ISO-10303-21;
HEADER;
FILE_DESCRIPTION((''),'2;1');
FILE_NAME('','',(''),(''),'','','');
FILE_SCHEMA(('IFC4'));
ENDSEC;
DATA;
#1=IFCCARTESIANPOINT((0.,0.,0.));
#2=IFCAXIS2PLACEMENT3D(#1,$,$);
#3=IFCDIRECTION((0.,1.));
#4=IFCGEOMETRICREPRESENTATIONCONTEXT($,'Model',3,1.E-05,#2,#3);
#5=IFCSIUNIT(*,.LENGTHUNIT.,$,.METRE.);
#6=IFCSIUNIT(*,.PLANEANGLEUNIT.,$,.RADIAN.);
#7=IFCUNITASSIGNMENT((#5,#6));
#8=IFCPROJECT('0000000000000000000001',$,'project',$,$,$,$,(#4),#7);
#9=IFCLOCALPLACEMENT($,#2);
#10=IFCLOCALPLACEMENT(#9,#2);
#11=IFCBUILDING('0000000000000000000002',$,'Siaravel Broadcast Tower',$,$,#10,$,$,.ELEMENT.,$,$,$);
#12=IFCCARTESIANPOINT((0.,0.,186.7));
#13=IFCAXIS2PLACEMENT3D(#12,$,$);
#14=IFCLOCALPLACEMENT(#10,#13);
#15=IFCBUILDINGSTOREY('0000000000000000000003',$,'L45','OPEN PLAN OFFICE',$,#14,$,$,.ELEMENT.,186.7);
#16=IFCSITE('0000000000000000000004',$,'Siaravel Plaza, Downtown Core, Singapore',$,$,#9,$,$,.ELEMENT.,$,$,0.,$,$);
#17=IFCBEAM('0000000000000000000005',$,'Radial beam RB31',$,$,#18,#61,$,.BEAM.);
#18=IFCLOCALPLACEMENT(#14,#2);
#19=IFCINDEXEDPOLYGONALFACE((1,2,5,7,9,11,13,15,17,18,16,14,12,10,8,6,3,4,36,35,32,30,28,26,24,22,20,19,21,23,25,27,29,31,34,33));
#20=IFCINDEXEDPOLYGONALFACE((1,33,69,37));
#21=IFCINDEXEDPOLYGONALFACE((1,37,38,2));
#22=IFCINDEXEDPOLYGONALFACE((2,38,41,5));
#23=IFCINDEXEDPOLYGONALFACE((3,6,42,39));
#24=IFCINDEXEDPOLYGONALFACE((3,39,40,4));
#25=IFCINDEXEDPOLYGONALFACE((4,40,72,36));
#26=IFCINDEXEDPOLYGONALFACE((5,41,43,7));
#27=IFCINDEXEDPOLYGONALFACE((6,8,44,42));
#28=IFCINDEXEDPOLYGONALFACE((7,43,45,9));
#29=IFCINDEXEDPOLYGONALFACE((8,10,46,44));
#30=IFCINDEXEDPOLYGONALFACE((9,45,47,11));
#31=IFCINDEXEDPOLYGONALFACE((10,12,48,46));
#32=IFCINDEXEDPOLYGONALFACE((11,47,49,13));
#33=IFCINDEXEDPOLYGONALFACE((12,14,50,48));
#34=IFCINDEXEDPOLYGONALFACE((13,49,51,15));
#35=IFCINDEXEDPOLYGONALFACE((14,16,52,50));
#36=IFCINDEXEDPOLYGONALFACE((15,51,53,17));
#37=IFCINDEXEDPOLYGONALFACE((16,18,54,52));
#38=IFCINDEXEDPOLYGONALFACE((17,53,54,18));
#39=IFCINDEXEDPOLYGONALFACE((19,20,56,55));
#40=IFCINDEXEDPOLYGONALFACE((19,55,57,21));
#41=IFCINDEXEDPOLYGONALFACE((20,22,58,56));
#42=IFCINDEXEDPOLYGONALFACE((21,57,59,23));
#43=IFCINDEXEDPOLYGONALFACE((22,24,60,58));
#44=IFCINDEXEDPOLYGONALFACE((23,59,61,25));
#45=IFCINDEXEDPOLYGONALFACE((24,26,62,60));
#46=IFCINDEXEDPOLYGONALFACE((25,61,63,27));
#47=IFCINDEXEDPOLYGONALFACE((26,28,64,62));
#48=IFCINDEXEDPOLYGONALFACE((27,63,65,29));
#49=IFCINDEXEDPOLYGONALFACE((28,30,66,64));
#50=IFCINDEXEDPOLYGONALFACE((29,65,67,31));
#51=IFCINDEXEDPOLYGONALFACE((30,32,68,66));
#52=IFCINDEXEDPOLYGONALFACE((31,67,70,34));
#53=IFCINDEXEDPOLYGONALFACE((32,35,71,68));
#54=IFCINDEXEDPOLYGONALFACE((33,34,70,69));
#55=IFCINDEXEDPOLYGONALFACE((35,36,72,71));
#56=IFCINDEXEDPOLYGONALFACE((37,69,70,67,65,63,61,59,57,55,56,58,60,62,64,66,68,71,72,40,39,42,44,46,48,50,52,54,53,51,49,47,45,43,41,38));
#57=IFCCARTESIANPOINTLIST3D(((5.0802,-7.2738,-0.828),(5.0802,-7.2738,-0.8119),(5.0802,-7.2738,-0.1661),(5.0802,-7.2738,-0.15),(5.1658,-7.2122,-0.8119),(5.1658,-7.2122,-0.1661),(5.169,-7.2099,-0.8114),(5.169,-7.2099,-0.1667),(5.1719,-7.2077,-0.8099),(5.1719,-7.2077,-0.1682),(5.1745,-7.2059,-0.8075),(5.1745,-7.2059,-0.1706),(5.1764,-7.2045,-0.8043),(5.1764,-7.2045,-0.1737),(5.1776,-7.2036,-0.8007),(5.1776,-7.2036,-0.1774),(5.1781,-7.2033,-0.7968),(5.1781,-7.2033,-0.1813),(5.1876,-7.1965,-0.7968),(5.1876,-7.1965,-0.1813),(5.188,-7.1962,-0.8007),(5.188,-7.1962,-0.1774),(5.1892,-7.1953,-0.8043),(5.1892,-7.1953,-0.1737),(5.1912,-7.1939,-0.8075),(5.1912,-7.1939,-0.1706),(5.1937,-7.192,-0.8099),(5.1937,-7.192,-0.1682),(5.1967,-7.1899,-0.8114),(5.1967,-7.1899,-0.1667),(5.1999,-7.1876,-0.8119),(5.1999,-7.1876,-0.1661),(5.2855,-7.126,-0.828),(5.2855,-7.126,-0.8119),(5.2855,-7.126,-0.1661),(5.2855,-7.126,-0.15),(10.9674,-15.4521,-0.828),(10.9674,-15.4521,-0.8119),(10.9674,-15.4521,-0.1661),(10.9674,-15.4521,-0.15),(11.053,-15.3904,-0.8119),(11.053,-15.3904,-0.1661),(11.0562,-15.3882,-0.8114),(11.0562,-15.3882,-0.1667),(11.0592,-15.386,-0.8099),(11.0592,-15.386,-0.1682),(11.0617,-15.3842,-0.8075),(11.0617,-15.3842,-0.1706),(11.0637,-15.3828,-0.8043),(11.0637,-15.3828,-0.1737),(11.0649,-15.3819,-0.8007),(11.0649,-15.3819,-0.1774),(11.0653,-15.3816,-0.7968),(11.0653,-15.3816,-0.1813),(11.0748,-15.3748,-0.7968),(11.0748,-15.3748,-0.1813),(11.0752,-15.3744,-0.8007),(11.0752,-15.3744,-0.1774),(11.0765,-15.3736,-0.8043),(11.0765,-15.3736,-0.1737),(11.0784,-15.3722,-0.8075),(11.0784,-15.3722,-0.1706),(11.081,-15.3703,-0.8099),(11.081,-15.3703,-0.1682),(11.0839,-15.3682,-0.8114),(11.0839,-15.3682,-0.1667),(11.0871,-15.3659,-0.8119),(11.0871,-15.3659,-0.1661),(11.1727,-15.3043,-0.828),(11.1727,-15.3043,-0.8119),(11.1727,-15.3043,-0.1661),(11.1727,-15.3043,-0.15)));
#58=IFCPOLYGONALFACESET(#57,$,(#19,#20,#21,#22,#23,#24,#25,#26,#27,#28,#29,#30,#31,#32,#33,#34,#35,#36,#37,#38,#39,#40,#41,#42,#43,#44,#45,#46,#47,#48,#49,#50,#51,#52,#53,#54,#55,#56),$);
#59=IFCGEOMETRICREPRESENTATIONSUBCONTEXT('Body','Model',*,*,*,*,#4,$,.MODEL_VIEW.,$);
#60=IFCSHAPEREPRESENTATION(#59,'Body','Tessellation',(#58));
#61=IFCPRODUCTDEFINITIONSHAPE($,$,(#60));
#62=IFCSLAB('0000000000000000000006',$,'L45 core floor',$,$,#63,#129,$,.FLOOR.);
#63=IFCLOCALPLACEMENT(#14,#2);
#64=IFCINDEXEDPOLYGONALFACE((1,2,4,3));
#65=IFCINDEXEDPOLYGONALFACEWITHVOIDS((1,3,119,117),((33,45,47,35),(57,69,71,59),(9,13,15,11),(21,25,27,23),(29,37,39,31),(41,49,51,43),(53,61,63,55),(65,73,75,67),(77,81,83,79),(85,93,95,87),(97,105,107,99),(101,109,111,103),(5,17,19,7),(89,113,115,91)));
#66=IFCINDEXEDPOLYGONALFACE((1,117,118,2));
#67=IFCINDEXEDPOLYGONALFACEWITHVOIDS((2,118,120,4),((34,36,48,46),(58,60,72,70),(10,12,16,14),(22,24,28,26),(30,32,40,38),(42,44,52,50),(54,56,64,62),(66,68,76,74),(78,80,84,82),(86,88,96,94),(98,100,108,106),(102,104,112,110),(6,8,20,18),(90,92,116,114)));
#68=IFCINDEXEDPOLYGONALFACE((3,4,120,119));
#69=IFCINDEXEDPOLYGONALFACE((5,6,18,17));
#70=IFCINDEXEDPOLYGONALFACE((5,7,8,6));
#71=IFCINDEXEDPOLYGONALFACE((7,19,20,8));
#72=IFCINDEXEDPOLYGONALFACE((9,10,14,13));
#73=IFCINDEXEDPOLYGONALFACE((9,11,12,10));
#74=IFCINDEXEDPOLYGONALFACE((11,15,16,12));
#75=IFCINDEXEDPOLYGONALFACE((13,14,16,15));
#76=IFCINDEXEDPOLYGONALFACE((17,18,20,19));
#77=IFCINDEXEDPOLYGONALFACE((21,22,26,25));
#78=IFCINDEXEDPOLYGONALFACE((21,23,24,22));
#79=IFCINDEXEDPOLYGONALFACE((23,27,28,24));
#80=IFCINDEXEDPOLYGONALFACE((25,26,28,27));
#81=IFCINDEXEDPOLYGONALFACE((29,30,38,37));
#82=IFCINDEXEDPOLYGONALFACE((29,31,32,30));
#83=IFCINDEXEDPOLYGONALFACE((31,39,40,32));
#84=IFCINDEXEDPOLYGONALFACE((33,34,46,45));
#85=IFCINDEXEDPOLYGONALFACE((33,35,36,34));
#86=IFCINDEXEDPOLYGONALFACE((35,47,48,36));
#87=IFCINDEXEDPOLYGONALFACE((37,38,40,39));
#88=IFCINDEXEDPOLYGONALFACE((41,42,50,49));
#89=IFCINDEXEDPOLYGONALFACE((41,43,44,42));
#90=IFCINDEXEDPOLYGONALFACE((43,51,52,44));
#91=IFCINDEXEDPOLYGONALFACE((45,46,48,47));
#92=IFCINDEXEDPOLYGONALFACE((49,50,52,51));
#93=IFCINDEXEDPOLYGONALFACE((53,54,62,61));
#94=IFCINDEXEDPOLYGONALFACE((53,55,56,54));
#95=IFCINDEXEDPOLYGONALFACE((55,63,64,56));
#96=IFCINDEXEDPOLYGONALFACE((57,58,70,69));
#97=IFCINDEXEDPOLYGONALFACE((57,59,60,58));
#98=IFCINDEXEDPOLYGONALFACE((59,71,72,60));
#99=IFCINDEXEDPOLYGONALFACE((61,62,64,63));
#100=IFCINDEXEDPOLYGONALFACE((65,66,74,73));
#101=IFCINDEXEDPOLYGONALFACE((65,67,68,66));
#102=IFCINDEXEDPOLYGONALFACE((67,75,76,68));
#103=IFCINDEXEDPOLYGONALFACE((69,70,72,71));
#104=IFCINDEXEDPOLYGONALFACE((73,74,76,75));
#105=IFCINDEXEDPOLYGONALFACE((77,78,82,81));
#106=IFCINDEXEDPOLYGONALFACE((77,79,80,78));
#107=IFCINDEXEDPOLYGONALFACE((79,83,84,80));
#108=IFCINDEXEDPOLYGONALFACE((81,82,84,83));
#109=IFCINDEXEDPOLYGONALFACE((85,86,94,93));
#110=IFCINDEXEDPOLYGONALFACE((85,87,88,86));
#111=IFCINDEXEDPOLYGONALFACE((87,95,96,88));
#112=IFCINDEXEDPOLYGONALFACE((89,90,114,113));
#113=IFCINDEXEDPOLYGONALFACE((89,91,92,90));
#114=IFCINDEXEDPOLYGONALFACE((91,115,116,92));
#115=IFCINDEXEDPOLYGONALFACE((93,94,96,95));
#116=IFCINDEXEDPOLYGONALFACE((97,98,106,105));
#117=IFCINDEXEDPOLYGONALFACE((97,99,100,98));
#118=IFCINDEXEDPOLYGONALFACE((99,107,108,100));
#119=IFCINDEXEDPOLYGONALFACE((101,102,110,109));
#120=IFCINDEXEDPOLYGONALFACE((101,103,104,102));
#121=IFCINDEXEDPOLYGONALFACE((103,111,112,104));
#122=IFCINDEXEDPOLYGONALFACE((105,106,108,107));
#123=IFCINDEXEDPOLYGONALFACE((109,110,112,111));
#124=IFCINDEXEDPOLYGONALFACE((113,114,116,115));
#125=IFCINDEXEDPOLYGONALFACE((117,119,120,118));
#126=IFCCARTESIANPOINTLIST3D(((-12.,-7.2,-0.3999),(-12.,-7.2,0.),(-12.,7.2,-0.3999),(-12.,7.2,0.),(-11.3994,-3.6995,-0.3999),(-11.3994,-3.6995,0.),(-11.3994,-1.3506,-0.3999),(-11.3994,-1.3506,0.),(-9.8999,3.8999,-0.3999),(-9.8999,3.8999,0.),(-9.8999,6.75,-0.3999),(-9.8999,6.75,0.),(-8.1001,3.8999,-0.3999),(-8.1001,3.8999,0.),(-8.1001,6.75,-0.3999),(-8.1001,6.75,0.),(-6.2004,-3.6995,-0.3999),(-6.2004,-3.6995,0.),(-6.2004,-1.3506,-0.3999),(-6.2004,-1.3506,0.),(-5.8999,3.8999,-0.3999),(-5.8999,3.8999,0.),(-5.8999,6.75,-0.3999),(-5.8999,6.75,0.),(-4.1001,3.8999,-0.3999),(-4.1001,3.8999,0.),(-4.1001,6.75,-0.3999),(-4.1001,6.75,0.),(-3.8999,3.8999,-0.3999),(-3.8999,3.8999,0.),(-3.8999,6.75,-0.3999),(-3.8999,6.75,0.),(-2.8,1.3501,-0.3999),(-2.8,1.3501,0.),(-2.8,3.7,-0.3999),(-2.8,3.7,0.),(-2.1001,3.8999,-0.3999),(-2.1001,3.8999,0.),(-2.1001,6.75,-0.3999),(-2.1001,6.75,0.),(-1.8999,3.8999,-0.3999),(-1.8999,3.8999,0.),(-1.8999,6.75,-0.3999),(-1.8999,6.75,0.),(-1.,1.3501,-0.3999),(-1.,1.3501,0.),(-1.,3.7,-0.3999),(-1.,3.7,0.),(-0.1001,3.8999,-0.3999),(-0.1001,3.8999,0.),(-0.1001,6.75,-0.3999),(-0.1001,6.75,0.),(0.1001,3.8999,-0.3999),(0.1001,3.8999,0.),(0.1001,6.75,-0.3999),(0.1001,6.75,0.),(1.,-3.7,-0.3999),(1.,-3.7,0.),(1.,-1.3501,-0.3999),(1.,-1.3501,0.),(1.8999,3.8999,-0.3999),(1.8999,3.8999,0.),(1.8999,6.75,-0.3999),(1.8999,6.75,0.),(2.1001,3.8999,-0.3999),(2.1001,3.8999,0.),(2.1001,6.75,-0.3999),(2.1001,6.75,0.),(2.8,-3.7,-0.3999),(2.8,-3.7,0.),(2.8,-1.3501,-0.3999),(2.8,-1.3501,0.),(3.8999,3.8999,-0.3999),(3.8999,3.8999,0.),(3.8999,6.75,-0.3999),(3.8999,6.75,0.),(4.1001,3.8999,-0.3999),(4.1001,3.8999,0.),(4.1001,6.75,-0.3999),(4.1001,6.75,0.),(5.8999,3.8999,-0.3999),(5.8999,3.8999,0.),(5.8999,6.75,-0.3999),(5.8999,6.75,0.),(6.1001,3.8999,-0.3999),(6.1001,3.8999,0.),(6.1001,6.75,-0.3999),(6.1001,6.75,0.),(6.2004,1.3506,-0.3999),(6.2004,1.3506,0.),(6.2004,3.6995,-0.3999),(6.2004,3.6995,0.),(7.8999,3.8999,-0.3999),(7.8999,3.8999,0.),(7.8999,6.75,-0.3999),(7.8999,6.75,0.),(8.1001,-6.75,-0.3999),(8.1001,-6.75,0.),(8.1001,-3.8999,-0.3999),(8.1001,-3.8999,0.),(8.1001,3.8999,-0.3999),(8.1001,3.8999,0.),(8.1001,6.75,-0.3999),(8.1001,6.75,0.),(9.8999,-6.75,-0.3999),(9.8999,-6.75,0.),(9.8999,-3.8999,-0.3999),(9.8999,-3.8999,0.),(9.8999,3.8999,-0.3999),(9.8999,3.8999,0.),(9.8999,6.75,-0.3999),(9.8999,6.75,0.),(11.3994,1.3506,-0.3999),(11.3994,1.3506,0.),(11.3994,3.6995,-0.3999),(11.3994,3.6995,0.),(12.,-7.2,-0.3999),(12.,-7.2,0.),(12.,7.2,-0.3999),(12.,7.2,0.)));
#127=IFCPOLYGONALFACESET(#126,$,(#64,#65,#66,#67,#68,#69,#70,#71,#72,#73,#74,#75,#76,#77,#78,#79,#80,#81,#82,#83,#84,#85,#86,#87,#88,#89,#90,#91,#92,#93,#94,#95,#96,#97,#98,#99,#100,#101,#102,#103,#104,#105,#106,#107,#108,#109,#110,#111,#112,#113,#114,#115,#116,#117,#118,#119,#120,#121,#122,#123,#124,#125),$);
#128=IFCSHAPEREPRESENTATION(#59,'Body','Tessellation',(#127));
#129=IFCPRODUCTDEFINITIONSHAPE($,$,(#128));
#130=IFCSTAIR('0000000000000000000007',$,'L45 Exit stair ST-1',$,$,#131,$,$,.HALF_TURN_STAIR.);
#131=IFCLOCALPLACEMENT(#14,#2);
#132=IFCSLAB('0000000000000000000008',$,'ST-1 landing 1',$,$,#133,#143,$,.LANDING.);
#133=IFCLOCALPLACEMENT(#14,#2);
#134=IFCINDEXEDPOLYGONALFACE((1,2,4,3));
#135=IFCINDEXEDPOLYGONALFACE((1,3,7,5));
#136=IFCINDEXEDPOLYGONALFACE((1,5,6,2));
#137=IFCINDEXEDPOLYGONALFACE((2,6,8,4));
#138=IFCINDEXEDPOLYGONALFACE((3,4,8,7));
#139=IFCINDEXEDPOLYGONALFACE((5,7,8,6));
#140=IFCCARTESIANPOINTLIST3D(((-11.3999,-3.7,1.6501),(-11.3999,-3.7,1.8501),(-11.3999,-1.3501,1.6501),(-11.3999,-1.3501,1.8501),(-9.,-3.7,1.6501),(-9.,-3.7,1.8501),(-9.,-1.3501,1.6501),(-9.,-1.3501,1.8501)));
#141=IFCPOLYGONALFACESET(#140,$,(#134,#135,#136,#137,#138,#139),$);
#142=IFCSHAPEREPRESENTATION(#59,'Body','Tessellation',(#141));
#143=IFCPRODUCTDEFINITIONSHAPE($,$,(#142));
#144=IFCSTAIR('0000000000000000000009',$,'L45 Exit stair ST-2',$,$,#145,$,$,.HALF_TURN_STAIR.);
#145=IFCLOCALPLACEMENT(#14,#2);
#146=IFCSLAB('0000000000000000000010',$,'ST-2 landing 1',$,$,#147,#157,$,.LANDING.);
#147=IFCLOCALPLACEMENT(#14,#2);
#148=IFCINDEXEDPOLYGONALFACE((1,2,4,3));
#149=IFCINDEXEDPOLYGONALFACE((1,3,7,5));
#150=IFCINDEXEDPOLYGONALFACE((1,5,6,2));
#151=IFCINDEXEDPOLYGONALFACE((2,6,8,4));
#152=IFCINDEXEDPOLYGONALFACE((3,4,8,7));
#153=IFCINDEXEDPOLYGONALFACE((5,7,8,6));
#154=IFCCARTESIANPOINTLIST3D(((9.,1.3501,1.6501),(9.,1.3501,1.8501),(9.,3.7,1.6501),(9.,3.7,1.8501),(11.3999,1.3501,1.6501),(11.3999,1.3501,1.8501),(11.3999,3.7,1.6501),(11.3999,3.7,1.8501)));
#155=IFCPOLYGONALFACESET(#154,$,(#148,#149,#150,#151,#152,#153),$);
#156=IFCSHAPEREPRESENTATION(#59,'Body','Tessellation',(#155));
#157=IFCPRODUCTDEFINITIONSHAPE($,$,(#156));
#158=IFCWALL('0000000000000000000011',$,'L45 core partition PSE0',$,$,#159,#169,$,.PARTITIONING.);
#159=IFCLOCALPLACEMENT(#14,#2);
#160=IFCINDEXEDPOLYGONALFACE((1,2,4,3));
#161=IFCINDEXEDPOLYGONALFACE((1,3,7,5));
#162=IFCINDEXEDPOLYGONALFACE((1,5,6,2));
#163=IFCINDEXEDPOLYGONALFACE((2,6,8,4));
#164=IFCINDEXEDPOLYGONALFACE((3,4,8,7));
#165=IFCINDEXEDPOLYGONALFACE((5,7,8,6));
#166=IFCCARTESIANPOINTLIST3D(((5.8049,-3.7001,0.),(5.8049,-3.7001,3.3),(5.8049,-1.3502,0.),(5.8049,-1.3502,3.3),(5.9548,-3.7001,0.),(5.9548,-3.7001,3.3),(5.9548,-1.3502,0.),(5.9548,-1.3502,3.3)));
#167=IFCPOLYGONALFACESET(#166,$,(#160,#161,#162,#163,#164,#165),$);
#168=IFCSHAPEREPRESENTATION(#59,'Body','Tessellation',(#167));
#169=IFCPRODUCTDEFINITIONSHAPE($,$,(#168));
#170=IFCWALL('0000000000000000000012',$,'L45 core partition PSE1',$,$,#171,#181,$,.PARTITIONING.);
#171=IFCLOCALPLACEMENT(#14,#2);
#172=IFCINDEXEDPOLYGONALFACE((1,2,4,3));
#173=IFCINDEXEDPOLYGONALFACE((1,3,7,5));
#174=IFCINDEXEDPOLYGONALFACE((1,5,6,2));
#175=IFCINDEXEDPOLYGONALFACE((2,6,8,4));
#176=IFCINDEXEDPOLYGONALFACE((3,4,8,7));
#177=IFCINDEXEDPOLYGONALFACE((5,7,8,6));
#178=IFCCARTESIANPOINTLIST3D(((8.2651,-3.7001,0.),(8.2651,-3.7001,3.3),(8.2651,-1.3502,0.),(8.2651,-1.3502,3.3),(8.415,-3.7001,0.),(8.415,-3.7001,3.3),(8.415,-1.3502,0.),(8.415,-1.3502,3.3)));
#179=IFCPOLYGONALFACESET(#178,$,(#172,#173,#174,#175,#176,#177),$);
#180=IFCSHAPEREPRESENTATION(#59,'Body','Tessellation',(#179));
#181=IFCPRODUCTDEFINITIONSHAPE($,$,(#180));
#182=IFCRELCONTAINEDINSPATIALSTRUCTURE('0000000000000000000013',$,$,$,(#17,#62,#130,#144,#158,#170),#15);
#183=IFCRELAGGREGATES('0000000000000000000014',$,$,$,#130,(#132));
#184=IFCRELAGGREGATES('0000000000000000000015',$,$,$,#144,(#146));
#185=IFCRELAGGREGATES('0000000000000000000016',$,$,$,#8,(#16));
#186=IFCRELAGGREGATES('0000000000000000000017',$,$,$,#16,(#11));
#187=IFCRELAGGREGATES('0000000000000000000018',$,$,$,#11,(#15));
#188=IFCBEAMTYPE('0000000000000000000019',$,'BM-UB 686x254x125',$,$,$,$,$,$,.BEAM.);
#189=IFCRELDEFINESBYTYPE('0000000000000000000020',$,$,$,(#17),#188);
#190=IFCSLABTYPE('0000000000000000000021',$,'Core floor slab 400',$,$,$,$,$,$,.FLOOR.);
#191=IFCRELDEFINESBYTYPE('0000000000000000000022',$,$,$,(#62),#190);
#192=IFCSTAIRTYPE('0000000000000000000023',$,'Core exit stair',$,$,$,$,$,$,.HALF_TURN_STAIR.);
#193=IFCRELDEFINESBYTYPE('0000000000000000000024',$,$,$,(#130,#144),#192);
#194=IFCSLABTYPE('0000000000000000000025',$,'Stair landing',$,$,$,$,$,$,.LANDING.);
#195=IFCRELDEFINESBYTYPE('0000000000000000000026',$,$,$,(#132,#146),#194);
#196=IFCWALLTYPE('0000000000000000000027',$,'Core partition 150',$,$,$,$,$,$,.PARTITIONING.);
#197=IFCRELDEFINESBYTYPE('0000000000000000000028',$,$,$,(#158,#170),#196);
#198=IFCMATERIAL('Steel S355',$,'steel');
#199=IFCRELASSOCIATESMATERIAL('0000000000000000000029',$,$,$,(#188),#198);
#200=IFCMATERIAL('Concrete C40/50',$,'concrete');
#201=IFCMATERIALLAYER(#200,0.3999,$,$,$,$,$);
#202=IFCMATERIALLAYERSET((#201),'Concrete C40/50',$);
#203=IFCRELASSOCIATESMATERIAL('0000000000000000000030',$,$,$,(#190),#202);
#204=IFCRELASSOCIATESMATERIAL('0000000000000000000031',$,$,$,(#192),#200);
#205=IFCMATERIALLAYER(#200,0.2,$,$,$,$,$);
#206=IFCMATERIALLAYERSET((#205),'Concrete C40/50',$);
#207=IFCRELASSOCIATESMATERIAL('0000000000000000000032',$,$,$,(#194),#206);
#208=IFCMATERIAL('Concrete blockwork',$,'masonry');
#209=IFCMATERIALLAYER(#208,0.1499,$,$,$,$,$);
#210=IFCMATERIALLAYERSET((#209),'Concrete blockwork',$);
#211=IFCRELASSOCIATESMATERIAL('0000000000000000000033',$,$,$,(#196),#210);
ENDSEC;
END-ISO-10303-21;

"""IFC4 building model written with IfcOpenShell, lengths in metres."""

from ifc_helpers import new_model, si_unit, direction, frame, frame_2d, origin, origin_2d, place, context, subcontext, project, spatial, polyline, rectangle, i_section, outline, extrude, material, layer, layer_set, material_profile, profile_set, type_object, element, aggregate, save


model = new_model("IFC4")

# Units and contexts
model_context = context("Model", 3, precision=1e-05, world=origin(), true_north=direction((0.0, 1.0)))
body_context = subcontext(model_context, "Body", "Model", "MODEL_VIEW")
ifc_project = project(units=[si_unit("LENGTHUNIT", "METRE"), si_unit("PLANEANGLEUNIT", "RADIAN")], contexts=[model_context])

# Site, building, storey
site_placement = place(None, origin())
site = spatial("IfcSite", under=ifc_project, at=site_placement, Name="Siaravel Plaza, Downtown Core, Singapore", CompositionType="ELEMENT", RefElevation=0.0)
building_placement = place(site_placement, origin())
building = spatial("IfcBuilding", under=site, at=building_placement, Name="Siaravel Broadcast Tower", CompositionType="ELEMENT")
storey_placement = place(building_placement, frame((0.0, 0.0, 186.7)))
storey = spatial("IfcBuildingStorey", under=building, at=storey_placement, Name="L45", Description="OPEN PLAN OFFICE", CompositionType="ELEMENT", Elevation=186.7)

# Beam
ifc_material_1 = material(Name="Steel S355", Category="steel")
ifc_material_profile = material_profile(ifc_material_1, i_section(OverallWidth=0.2529, OverallDepth=0.678, WebThickness=0.0117, FlangeThickness=0.0161, FilletRadius=0.0151, at=origin_2d()))
ifc_profile_set = profile_set([ifc_material_profile], Name="Steel S355")
beam_type = type_object("IfcBeamType", Name="BM-UB 686x254x125", PredefinedType="BEAM", material=ifc_profile_set)
beam_placement = place(storey_placement, frame((11.0701, -15.3782, -0.489), z_axis=(-0.584232, 0.811587, 0.0), x_axis=(-0.811587, -0.584232, 0.0)))
element("IfcBeam", 1, at=beam_placement, inside=storey, type_object=beam_type, Name="Radial beam RB31", PredefinedType="BEAM", context=body_context, shape_type="SweptSolid", body=[
    extrude(i_section(OverallWidth=0.2529, OverallDepth=0.678, WebThickness=0.0117, FlangeThickness=0.0161, FilletRadius=0.0151, at=origin_2d()), origin(), (0.0, 0.0, 1.0), 10.0769),
])

# Slab
ifc_material_2 = material(Name="Concrete C40/50", Category="concrete")
ifc_layer_1 = layer(ifc_material_2, 0.3999)
ifc_layer_set_1 = layer_set([ifc_layer_1], Name="Concrete C40/50")
slab_type_1 = type_object("IfcSlabType", Name="Core floor slab 400", PredefinedType="FLOOR", material=ifc_layer_set_1)
slab_1_placement = place(storey_placement, frame((0.0, 0.0, -0.3999)))
element("IfcSlab", 2, at=slab_1_placement, inside=storey, type_object=slab_type_1, Name="L45 core floor", PredefinedType="FLOOR", context=body_context, shape_type="SweptSolid", body=[
    extrude(outline(polyline([(-12.0, -7.2), (-12.0, 7.2), (12.0, 7.2), (12.0, -7.2), (-12.0, -7.2)]), holes=[polyline([(11.3994, 1.3506), (11.3994, 3.6995), (6.2004, 3.6995), (6.2004, 1.3506), (11.3994, 1.3506)]), polyline([(8.1001, -3.8999), (8.1001, -6.75), (9.8999, -6.75), (9.8999, -3.8999), (8.1001, -3.8999)]), polyline([(9.8999, 6.75), (8.1001, 6.75), (8.1001, 3.8999), (9.8999, 3.8999), (9.8999, 6.75)]), polyline([(7.8999, 6.75), (6.1001, 6.75), (6.1001, 3.8999), (7.8999, 3.8999), (7.8999, 6.75)]), polyline([(5.8999, 6.75), (4.1001, 6.75), (4.1001, 3.8999), (5.8999, 3.8999), (5.8999, 6.75)]), polyline([(3.8999, 6.75), (2.1001, 6.75), (2.1001, 3.8999), (3.8999, 3.8999), (3.8999, 6.75)]), polyline([(2.8, -1.3501), (1.0, -1.3501), (1.0, -3.7), (2.8, -3.7), (2.8, -1.3501)]), polyline([(1.8999, 6.75), (0.1001, 6.75), (0.1001, 3.8999), (1.8999, 3.8999), (1.8999, 6.75)]), polyline([(-0.1001, 6.75), (-1.8999, 6.75), (-1.8999, 3.8999), (-0.1001, 3.8999), (-0.1001, 6.75)]), polyline([(-1.0, 3.7), (-2.8, 3.7), (-2.8, 1.3501), (-1.0, 1.3501), (-1.0, 3.7)]), polyline([(-2.1001, 6.75), (-3.8999, 6.75), (-3.8999, 3.8999), (-2.1001, 3.8999), (-2.1001, 6.75)]), polyline([(-4.1001, 6.75), (-5.8999, 6.75), (-5.8999, 3.8999), (-4.1001, 3.8999), (-4.1001, 6.75)]), polyline([(-11.3994, -3.6995), (-6.2004, -3.6995), (-6.2004, -1.3506), (-11.3994, -1.3506), (-11.3994, -3.6995)]), polyline([(-8.1001, 6.75), (-9.8999, 6.75), (-9.8999, 3.8999), (-8.1001, 3.8999), (-8.1001, 6.75)])]), origin(), (0.0, 0.0, 1.0), 0.3999),
])

# Stairs, slabs
stair_type = type_object("IfcStairType", Name="Core exit stair", PredefinedType="HALF_TURN_STAIR", material=ifc_material_2)
stair_1_placement = place(storey_placement, origin())
stair_1 = element("IfcStair", 3, at=stair_1_placement, inside=storey, type_object=stair_type, Name="L45 Exit stair ST-1", PredefinedType="HALF_TURN_STAIR")
ifc_layer_2 = layer(ifc_material_2, 0.2)
ifc_layer_set_2 = layer_set([ifc_layer_2], Name="Concrete C40/50")
slab_type_2 = type_object("IfcSlabType", Name="Stair landing", PredefinedType="LANDING", material=ifc_layer_set_2)
slab_2_placement = place(storey_placement, frame((0.0, 0.0, 1.6501)))
slab_2 = element("IfcSlab", 4, at=slab_2_placement, type_object=slab_type_2, Name="ST-1 landing 1", PredefinedType="LANDING", context=body_context, shape_type="SweptSolid", body=[
    extrude(outline(polyline([(-9.0, -1.3501), (-11.3999, -1.3501), (-11.3999, -3.7), (-9.0, -3.7), (-9.0, -1.3501)])), origin(), (0.0, 0.0, 1.0), 0.2),
])
aggregate(stair_1, [slab_2])
stair_2_placement = place(storey_placement, origin())
stair_2 = element("IfcStair", 5, at=stair_2_placement, inside=storey, type_object=stair_type, Name="L45 Exit stair ST-2", PredefinedType="HALF_TURN_STAIR")
slab_3_placement = place(storey_placement, frame((0.0, 0.0, 1.6501)))
slab_3 = element("IfcSlab", 6, at=slab_3_placement, type_object=slab_type_2, Name="ST-2 landing 1", PredefinedType="LANDING", context=body_context, shape_type="SweptSolid", body=[
    extrude(outline(polyline([(9.0, 1.3501), (11.3999, 1.3501), (11.3999, 3.7), (9.0, 3.7), (9.0, 1.3501)])), origin(), (0.0, 0.0, 1.0), 0.2),
])
aggregate(stair_2, [slab_3])

# Walls
ifc_material_3 = material(Name="Concrete blockwork", Category="masonry")
ifc_layer_3 = layer(ifc_material_3, 0.1499)
ifc_layer_set_3 = layer_set([ifc_layer_3], Name="Concrete blockwork")
wall_type_1 = type_object("IfcWallType", Name="Core partition 150", PredefinedType="PARTITIONING", material=ifc_layer_set_3)
for number, where, z_axis, x_axis, name in (
    (7, (5.8799, -3.7, 0.0), (0.0, 0.0, 1.0), (0.0, 1.0, 0.0), "L45 core partition PSE0"),
    (8, (8.3401, -3.7, 0.0), (0.0, 0.0, 1.0), (0.0, 1.0, 0.0), "L45 core partition PSE1"),
):
    element("IfcWall", number, at=place(storey_placement, frame(where, z_axis=z_axis, x_axis=x_axis)), inside=storey, type_object=wall_type_1, Name=name, PredefinedType="PARTITIONING", context=body_context, shape_type="SweptSolid", body=[
        extrude(rectangle(XDim=2.3499, YDim=0.1499, at=frame_2d((1.1748, 0.0))), origin(), (0.0, 0.0, 1.0), 3.3),
    ])

save(model, "model.ifc")
